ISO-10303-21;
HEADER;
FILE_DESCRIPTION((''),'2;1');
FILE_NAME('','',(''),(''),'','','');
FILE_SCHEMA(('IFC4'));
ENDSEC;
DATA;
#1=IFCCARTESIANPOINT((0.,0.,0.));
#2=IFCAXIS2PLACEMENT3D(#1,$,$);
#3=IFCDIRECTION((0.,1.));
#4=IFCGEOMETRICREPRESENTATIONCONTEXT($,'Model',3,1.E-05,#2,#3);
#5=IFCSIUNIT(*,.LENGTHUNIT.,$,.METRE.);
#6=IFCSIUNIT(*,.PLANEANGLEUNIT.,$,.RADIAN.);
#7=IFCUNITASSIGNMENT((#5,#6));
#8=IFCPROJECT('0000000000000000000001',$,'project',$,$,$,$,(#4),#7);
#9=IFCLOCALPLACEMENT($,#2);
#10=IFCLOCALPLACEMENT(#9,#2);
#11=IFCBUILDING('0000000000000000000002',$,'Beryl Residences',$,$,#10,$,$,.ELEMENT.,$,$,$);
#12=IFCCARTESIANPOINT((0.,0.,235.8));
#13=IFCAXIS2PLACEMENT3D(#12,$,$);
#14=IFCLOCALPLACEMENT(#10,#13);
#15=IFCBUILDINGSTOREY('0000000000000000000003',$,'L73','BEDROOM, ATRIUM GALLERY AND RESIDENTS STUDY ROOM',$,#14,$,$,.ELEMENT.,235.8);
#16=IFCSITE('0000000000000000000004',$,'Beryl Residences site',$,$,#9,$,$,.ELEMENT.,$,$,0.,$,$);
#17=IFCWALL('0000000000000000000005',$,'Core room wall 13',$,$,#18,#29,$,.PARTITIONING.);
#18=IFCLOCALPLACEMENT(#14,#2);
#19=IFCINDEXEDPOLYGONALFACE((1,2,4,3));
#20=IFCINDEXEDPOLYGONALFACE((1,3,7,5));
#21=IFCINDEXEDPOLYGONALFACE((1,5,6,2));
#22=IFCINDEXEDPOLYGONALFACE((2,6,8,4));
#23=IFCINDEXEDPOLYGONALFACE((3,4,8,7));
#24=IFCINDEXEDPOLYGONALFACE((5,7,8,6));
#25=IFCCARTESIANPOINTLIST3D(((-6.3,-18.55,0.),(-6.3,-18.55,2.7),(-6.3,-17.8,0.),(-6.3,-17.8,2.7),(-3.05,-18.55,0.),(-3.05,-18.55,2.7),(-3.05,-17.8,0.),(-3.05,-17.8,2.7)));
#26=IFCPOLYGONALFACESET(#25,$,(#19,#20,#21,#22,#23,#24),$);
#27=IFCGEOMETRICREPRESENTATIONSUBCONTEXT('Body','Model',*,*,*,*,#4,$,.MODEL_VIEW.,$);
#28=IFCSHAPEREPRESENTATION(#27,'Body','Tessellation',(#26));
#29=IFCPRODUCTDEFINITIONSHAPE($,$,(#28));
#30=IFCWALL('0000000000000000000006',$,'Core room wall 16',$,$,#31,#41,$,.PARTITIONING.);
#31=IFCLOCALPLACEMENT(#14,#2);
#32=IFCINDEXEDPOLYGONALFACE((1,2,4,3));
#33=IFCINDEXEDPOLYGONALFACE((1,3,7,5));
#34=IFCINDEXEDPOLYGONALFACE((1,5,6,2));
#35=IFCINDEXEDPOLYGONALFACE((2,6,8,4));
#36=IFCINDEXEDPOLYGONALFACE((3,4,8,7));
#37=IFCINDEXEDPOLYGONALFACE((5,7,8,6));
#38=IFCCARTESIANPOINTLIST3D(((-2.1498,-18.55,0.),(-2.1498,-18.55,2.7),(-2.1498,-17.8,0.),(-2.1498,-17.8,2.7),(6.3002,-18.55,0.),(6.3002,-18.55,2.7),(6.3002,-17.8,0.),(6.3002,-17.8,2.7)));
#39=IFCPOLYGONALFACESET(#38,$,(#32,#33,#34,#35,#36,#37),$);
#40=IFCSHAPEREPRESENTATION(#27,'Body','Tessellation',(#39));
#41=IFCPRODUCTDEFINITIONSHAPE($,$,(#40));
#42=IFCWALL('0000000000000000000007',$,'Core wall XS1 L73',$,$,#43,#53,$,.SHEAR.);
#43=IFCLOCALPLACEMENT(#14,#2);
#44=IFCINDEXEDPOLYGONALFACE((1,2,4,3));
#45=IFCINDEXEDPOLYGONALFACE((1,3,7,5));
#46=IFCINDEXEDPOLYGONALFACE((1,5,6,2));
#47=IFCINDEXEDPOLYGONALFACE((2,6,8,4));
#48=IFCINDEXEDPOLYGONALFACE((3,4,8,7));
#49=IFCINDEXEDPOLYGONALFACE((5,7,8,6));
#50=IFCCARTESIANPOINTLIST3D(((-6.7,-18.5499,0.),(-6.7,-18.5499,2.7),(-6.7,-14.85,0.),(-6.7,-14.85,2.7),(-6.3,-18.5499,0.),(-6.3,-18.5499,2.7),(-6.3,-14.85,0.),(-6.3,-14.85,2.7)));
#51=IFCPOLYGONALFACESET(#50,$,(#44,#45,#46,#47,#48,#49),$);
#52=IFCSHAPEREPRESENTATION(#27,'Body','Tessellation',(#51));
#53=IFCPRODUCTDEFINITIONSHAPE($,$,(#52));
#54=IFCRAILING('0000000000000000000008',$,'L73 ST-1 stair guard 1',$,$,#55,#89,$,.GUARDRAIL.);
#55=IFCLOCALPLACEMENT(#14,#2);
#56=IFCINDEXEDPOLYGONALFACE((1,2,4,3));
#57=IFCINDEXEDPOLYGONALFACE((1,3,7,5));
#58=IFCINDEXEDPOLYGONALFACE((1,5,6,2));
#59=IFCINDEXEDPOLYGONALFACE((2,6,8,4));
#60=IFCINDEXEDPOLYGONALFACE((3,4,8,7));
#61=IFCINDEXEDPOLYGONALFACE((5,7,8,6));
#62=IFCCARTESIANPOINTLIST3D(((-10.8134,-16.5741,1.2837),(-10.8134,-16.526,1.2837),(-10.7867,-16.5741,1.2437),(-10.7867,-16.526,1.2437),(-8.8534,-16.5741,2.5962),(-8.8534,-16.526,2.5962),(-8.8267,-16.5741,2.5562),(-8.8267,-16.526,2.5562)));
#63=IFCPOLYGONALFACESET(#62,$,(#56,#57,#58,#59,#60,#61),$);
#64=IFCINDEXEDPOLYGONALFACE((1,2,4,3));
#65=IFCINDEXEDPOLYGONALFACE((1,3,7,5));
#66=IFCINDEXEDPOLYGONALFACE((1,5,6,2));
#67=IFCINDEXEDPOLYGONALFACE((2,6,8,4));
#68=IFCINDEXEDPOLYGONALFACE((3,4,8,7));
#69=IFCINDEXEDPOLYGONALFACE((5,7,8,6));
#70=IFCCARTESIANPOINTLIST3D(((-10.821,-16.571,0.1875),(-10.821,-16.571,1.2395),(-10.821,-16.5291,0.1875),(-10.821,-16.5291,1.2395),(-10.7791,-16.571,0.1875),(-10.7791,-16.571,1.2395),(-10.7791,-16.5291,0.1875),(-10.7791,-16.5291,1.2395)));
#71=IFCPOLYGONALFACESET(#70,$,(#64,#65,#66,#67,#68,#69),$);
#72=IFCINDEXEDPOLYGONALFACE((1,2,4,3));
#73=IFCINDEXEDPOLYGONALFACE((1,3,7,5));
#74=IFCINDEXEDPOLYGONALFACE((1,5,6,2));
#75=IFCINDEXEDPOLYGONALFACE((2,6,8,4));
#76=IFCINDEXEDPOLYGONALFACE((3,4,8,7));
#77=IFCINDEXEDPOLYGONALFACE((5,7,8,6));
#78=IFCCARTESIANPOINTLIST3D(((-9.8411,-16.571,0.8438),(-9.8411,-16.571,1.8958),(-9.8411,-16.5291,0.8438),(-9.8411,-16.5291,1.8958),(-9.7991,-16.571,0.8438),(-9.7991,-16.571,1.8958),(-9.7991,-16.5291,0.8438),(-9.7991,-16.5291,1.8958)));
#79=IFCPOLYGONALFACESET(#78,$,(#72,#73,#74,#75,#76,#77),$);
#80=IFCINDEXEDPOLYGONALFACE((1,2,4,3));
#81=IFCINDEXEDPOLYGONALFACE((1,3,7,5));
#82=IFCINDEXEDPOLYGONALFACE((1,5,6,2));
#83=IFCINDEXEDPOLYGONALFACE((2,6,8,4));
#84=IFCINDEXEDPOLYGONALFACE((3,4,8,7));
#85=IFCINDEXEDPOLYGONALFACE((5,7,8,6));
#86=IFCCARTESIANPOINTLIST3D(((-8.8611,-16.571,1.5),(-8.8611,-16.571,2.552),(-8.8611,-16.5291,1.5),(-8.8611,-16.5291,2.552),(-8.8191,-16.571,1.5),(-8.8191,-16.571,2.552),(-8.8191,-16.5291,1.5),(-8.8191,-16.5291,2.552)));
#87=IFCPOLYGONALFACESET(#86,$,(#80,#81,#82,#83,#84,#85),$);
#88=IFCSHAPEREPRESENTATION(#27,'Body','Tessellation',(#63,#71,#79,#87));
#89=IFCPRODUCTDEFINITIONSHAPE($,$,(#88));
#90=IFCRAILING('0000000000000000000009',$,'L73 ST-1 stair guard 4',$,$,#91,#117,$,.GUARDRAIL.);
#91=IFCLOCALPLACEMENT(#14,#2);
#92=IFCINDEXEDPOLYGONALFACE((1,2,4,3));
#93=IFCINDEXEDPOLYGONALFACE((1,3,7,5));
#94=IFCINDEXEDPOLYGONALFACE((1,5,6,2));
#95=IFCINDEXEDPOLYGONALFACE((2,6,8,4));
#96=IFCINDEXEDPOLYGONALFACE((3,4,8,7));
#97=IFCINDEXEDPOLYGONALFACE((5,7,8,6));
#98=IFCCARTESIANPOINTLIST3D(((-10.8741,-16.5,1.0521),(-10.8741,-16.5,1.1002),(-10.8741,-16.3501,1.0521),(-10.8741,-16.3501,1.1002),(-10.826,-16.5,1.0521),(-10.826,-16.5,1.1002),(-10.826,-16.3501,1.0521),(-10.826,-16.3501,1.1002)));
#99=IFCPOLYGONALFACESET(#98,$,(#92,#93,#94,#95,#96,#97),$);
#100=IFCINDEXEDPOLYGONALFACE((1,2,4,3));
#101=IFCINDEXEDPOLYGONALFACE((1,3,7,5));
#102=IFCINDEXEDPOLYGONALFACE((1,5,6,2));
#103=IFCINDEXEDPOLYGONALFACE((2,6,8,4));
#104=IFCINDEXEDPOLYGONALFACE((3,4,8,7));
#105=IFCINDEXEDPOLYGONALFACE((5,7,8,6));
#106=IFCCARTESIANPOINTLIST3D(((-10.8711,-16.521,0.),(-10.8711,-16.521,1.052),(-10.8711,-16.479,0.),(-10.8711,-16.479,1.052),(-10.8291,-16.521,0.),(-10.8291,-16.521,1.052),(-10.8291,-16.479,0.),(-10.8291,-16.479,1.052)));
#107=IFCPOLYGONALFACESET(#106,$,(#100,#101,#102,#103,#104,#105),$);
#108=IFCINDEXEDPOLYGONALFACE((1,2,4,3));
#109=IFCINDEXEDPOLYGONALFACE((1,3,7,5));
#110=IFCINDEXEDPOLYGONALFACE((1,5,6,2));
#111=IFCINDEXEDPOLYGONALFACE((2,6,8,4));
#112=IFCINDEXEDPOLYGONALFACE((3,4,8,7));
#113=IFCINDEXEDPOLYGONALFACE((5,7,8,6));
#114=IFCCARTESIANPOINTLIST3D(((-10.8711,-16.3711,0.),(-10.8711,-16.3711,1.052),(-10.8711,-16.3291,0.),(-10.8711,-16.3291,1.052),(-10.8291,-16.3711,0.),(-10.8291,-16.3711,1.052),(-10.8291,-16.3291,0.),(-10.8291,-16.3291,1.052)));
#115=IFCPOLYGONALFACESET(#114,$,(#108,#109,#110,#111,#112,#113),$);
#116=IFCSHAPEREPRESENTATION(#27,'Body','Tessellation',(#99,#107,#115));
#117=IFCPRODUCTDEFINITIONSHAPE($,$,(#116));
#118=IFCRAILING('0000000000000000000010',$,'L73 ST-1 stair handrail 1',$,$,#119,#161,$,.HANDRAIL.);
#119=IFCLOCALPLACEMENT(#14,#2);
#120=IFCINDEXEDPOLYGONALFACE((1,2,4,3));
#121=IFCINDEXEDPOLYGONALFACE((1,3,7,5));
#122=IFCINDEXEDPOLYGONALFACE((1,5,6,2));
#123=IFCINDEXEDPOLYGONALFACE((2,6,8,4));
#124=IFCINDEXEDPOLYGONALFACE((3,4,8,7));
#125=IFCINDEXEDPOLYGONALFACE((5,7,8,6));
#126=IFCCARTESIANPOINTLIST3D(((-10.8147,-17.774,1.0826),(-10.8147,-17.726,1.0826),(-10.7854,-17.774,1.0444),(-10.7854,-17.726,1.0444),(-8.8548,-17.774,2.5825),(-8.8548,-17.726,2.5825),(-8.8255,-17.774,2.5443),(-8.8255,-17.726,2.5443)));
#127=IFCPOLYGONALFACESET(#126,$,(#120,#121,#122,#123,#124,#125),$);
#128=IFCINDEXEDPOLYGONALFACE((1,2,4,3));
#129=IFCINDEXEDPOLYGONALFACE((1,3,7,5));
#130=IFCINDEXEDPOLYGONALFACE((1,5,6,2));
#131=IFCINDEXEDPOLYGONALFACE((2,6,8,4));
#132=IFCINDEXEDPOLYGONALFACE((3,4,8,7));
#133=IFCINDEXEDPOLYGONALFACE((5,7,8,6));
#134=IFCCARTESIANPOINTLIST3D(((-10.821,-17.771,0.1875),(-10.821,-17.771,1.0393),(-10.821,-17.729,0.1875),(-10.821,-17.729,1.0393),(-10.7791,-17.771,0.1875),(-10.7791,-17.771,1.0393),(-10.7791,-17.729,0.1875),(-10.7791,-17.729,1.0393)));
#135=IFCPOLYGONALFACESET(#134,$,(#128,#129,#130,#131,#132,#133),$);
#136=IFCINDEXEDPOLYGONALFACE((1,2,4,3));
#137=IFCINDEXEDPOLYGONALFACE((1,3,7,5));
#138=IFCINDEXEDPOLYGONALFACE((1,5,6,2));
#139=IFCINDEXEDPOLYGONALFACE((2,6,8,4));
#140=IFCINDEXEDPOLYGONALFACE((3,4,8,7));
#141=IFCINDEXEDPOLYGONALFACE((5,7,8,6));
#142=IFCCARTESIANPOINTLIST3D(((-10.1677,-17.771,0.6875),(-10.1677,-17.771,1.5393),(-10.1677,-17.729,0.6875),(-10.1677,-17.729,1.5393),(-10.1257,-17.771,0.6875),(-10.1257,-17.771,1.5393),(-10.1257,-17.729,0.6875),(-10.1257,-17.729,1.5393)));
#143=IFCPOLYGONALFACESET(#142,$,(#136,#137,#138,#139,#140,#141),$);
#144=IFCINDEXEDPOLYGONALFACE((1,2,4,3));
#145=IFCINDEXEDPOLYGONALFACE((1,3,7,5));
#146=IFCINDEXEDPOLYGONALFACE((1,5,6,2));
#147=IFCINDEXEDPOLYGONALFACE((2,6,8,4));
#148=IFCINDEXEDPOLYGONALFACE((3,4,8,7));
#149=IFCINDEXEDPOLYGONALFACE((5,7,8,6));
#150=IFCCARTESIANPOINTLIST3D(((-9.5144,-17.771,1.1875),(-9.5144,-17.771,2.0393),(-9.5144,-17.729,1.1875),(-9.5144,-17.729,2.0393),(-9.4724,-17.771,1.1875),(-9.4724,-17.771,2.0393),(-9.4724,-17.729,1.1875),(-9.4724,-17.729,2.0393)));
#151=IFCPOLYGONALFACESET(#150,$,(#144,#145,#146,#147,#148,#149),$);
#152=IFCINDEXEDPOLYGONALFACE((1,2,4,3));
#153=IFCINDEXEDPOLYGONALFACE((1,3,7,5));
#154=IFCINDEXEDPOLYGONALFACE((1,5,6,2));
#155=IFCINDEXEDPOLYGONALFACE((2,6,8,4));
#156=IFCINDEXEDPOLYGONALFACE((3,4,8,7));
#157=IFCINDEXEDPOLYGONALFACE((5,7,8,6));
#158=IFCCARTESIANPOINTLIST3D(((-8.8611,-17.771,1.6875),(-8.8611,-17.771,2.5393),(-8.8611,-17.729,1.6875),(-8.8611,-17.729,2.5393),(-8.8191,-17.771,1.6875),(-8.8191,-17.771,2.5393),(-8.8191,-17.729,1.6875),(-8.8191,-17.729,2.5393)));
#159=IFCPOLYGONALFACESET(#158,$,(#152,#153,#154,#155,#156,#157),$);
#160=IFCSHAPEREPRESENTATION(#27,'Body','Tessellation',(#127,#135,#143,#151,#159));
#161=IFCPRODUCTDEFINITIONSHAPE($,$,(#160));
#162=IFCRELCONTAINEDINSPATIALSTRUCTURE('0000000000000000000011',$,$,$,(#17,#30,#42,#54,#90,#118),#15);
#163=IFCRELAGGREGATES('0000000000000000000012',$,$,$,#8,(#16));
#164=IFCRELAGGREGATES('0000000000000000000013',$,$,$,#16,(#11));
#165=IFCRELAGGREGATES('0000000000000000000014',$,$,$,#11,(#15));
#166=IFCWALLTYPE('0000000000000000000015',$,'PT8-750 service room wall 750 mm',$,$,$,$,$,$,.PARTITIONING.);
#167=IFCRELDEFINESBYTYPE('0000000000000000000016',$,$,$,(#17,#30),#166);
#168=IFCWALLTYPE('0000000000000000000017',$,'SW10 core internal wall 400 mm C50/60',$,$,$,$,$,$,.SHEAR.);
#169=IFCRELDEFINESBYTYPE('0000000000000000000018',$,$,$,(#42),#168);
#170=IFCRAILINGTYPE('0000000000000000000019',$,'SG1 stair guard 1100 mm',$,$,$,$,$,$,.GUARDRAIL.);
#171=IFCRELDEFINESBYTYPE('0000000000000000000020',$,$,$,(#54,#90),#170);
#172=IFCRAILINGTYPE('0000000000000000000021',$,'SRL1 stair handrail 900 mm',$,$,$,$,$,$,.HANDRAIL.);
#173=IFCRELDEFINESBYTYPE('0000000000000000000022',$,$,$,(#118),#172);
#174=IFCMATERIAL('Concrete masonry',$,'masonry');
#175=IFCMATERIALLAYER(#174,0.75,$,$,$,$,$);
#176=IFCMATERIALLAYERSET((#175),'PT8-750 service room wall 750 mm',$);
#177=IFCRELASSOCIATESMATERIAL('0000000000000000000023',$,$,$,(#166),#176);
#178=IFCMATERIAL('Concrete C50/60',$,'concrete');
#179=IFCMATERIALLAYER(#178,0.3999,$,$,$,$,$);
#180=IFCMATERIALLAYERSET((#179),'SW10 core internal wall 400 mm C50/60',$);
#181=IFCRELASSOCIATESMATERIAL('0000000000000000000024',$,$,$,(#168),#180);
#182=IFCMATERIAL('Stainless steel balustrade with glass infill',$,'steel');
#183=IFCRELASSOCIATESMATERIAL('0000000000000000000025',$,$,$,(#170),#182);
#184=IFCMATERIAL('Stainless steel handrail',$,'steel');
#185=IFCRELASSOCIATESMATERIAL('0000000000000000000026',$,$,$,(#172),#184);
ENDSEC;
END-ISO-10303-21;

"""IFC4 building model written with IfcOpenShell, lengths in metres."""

from ifc_helpers import new_model, si_unit, direction, frame, frame_2d, origin, origin_2d, place, context, subcontext, project, spatial, rectangle, extrude, material, layer, layer_set, type_object, element, save


model = new_model("IFC4")

# Units and contexts
model_context = context("Model", 3, precision=1e-05, world=origin(), true_north=direction((0.0, 1.0)))
body_context = subcontext(model_context, "Body", "Model", "MODEL_VIEW")
ifc_project = project(units=[si_unit("LENGTHUNIT", "METRE"), si_unit("PLANEANGLEUNIT", "RADIAN")], contexts=[model_context])

# Site, building, storey
site_placement = place(None, origin())
site = spatial("IfcSite", under=ifc_project, at=site_placement, Name="Beryl Residences site", CompositionType="ELEMENT", RefElevation=0.0)
building_placement = place(site_placement, origin())
building = spatial("IfcBuilding", under=site, at=building_placement, Name="Beryl Residences", CompositionType="ELEMENT")
storey_placement = place(building_placement, frame((0.0, 0.0, 235.8)))
storey = spatial("IfcBuildingStorey", under=building, at=storey_placement, Name="L73", Description="BEDROOM, ATRIUM GALLERY AND RESIDENTS STUDY ROOM", CompositionType="ELEMENT", Elevation=235.8)

# Walls
ifc_material_1 = material(Name="Concrete masonry", Category="masonry")
ifc_layer_1 = layer(ifc_material_1, 0.75)
ifc_layer_set_1 = layer_set([ifc_layer_1], Name="PT8-750 service room wall 750 mm")
wall_type_1 = type_object("IfcWallType", Name="PT8-750 service room wall 750 mm", PredefinedType="PARTITIONING", material=ifc_layer_set_1)
wall_1_placement = place(storey_placement, frame((-6.3, -18.175, 0.0), z_axis=(0.0, 0.0, 1.0), x_axis=(1.0, 0.0, 0.0)))
element("IfcWall", 1, at=wall_1_placement, inside=storey, type_object=wall_type_1, Name="Core room wall 13", PredefinedType="PARTITIONING", context=body_context, shape_type="SweptSolid", body=[
    extrude(rectangle(XDim=3.25, YDim=0.75, at=frame_2d((1.625, 0.0))), origin(), (0.0, 0.0, 1.0), 2.7),
])
wall_2_placement = place(storey_placement, frame((-2.1499, -18.175, 0.0), z_axis=(0.0, 0.0, 1.0), x_axis=(1.0, 0.0, 0.0)))
element("IfcWall", 2, at=wall_2_placement, inside=storey, type_object=wall_type_1, Name="Core room wall 16", PredefinedType="PARTITIONING", context=body_context, shape_type="SweptSolid", body=[
    extrude(rectangle(XDim=8.45, YDim=0.75, at=frame_2d((4.2251, 0.0))), origin(), (0.0, 0.0, 1.0), 2.7),
])
ifc_material_2 = material(Name="Concrete C50/60", Category="concrete")
ifc_layer_2 = layer(ifc_material_2, 0.3999)
ifc_layer_set_2 = layer_set([ifc_layer_2], Name="SW10 core internal wall 400 mm C50/60")
wall_type_2 = type_object("IfcWallType", Name="SW10 core internal wall 400 mm C50/60", PredefinedType="SHEAR", material=ifc_layer_set_2)
wall_3_placement = place(storey_placement, frame((-6.5, -18.55, 0.0), z_axis=(0.0, 0.0, 1.0), x_axis=(0.0, 1.0, 0.0)))
element("IfcWall", 3, at=wall_3_placement, inside=storey, type_object=wall_type_2, Name="Core wall XS1 L73", PredefinedType="SHEAR", context=body_context, shape_type="SweptSolid", body=[
    extrude(rectangle(XDim=3.7, YDim=0.3999, at=frame_2d((1.8501, 0.0))), origin(), (0.0, 0.0, 1.0), 2.7),
])

# Railings
ifc_material_3 = material(Name="Stainless steel balustrade with glass infill", Category="steel")
railing_type_1 = type_object("IfcRailingType", Name="SG1 stair guard 1100 mm", PredefinedType="GUARDRAIL", material=ifc_material_3)
railing_1_placement = place(storey_placement, frame((-10.8, -16.55, 0.1875)))
element("IfcRailing", 4, at=railing_1_placement, inside=storey, type_object=railing_type_1, Name="L73 ST-1 stair guard 1", PredefinedType="GUARDRAIL", context=body_context, shape_type="SweptSolid", body=[
    extrude(rectangle(XDim=0.0481, YDim=0.0481, at=origin_2d()), frame((0.0, 0.0, 1.0762), z_axis=(0.830902, 0.0, 0.556419), x_axis=(0.0, 1.0, 0.0)), (0.0, 0.0, 1.0), 2.3589),
    extrude(rectangle(XDim=0.042, YDim=0.042, at=origin_2d()), origin(), (0.0, 0.0, 1.0), 1.052),
    extrude(rectangle(XDim=0.042, YDim=0.042, at=origin_2d()), frame((0.98, 0.0, 0.6562)), (0.0, 0.0, 1.0), 1.052),
    extrude(rectangle(XDim=0.042, YDim=0.042, at=origin_2d()), frame((1.96, 0.0, 1.3125)), (0.0, 0.0, 1.0), 1.052),
])
railing_2_placement = place(storey_placement, frame((-10.8501, -16.5, 0.0)))
element("IfcRailing", 5, at=railing_2_placement, inside=storey, type_object=railing_type_1, Name="L73 ST-1 stair guard 4", PredefinedType="GUARDRAIL", context=body_context, shape_type="SweptSolid", body=[
    extrude(rectangle(XDim=0.0481, YDim=0.0481, at=origin_2d()), frame((0.0, 0.0, 1.0762), z_axis=(0.0, 1.0, 0.0), x_axis=(-1.0, 0.0, 0.0)), (0.0, 0.0, 1.0), 0.1499),
    extrude(rectangle(XDim=0.042, YDim=0.042, at=origin_2d()), origin(), (0.0, 0.0, 1.0), 1.052),
    extrude(rectangle(XDim=0.042, YDim=0.042, at=origin_2d()), frame((0.0, 0.1499, 0.0)), (0.0, 0.0, 1.0), 1.052),
])
ifc_material_4 = material(Name="Stainless steel handrail", Category="steel")
railing_type_2 = type_object("IfcRailingType", Name="SRL1 stair handrail 900 mm", PredefinedType="HANDRAIL", material=ifc_material_4)
railing_3_placement = place(storey_placement, frame((-10.8, -17.75, 0.1875)))
element("IfcRailing", 6, at=railing_3_placement, inside=storey, type_object=railing_type_2, Name="L73 ST-1 stair handrail 1", PredefinedType="HANDRAIL", context=body_context, shape_type="SweptSolid", body=[
    extrude(rectangle(XDim=0.0481, YDim=0.0481, at=origin_2d()), frame((0.0, 0.0, 0.876), z_axis=(0.794122, 0.0, 0.607758), x_axis=(0.0, 1.0, 0.0)), (0.0, 0.0, 1.0), 2.468),
    extrude(rectangle(XDim=0.042, YDim=0.042, at=origin_2d()), origin(), (0.0, 0.0, 1.0), 0.8518),
    extrude(rectangle(XDim=0.042, YDim=0.042, at=origin_2d()), frame((0.6533, 0.0, 0.5)), (0.0, 0.0, 1.0), 0.8518),
    extrude(rectangle(XDim=0.042, YDim=0.042, at=origin_2d()), frame((1.3066, 0.0, 1.0)), (0.0, 0.0, 1.0), 0.8518),
    extrude(rectangle(XDim=0.042, YDim=0.042, at=origin_2d()), frame((1.96, 0.0, 1.5)), (0.0, 0.0, 1.0), 0.8518),
])

save(model, "model.ifc")
